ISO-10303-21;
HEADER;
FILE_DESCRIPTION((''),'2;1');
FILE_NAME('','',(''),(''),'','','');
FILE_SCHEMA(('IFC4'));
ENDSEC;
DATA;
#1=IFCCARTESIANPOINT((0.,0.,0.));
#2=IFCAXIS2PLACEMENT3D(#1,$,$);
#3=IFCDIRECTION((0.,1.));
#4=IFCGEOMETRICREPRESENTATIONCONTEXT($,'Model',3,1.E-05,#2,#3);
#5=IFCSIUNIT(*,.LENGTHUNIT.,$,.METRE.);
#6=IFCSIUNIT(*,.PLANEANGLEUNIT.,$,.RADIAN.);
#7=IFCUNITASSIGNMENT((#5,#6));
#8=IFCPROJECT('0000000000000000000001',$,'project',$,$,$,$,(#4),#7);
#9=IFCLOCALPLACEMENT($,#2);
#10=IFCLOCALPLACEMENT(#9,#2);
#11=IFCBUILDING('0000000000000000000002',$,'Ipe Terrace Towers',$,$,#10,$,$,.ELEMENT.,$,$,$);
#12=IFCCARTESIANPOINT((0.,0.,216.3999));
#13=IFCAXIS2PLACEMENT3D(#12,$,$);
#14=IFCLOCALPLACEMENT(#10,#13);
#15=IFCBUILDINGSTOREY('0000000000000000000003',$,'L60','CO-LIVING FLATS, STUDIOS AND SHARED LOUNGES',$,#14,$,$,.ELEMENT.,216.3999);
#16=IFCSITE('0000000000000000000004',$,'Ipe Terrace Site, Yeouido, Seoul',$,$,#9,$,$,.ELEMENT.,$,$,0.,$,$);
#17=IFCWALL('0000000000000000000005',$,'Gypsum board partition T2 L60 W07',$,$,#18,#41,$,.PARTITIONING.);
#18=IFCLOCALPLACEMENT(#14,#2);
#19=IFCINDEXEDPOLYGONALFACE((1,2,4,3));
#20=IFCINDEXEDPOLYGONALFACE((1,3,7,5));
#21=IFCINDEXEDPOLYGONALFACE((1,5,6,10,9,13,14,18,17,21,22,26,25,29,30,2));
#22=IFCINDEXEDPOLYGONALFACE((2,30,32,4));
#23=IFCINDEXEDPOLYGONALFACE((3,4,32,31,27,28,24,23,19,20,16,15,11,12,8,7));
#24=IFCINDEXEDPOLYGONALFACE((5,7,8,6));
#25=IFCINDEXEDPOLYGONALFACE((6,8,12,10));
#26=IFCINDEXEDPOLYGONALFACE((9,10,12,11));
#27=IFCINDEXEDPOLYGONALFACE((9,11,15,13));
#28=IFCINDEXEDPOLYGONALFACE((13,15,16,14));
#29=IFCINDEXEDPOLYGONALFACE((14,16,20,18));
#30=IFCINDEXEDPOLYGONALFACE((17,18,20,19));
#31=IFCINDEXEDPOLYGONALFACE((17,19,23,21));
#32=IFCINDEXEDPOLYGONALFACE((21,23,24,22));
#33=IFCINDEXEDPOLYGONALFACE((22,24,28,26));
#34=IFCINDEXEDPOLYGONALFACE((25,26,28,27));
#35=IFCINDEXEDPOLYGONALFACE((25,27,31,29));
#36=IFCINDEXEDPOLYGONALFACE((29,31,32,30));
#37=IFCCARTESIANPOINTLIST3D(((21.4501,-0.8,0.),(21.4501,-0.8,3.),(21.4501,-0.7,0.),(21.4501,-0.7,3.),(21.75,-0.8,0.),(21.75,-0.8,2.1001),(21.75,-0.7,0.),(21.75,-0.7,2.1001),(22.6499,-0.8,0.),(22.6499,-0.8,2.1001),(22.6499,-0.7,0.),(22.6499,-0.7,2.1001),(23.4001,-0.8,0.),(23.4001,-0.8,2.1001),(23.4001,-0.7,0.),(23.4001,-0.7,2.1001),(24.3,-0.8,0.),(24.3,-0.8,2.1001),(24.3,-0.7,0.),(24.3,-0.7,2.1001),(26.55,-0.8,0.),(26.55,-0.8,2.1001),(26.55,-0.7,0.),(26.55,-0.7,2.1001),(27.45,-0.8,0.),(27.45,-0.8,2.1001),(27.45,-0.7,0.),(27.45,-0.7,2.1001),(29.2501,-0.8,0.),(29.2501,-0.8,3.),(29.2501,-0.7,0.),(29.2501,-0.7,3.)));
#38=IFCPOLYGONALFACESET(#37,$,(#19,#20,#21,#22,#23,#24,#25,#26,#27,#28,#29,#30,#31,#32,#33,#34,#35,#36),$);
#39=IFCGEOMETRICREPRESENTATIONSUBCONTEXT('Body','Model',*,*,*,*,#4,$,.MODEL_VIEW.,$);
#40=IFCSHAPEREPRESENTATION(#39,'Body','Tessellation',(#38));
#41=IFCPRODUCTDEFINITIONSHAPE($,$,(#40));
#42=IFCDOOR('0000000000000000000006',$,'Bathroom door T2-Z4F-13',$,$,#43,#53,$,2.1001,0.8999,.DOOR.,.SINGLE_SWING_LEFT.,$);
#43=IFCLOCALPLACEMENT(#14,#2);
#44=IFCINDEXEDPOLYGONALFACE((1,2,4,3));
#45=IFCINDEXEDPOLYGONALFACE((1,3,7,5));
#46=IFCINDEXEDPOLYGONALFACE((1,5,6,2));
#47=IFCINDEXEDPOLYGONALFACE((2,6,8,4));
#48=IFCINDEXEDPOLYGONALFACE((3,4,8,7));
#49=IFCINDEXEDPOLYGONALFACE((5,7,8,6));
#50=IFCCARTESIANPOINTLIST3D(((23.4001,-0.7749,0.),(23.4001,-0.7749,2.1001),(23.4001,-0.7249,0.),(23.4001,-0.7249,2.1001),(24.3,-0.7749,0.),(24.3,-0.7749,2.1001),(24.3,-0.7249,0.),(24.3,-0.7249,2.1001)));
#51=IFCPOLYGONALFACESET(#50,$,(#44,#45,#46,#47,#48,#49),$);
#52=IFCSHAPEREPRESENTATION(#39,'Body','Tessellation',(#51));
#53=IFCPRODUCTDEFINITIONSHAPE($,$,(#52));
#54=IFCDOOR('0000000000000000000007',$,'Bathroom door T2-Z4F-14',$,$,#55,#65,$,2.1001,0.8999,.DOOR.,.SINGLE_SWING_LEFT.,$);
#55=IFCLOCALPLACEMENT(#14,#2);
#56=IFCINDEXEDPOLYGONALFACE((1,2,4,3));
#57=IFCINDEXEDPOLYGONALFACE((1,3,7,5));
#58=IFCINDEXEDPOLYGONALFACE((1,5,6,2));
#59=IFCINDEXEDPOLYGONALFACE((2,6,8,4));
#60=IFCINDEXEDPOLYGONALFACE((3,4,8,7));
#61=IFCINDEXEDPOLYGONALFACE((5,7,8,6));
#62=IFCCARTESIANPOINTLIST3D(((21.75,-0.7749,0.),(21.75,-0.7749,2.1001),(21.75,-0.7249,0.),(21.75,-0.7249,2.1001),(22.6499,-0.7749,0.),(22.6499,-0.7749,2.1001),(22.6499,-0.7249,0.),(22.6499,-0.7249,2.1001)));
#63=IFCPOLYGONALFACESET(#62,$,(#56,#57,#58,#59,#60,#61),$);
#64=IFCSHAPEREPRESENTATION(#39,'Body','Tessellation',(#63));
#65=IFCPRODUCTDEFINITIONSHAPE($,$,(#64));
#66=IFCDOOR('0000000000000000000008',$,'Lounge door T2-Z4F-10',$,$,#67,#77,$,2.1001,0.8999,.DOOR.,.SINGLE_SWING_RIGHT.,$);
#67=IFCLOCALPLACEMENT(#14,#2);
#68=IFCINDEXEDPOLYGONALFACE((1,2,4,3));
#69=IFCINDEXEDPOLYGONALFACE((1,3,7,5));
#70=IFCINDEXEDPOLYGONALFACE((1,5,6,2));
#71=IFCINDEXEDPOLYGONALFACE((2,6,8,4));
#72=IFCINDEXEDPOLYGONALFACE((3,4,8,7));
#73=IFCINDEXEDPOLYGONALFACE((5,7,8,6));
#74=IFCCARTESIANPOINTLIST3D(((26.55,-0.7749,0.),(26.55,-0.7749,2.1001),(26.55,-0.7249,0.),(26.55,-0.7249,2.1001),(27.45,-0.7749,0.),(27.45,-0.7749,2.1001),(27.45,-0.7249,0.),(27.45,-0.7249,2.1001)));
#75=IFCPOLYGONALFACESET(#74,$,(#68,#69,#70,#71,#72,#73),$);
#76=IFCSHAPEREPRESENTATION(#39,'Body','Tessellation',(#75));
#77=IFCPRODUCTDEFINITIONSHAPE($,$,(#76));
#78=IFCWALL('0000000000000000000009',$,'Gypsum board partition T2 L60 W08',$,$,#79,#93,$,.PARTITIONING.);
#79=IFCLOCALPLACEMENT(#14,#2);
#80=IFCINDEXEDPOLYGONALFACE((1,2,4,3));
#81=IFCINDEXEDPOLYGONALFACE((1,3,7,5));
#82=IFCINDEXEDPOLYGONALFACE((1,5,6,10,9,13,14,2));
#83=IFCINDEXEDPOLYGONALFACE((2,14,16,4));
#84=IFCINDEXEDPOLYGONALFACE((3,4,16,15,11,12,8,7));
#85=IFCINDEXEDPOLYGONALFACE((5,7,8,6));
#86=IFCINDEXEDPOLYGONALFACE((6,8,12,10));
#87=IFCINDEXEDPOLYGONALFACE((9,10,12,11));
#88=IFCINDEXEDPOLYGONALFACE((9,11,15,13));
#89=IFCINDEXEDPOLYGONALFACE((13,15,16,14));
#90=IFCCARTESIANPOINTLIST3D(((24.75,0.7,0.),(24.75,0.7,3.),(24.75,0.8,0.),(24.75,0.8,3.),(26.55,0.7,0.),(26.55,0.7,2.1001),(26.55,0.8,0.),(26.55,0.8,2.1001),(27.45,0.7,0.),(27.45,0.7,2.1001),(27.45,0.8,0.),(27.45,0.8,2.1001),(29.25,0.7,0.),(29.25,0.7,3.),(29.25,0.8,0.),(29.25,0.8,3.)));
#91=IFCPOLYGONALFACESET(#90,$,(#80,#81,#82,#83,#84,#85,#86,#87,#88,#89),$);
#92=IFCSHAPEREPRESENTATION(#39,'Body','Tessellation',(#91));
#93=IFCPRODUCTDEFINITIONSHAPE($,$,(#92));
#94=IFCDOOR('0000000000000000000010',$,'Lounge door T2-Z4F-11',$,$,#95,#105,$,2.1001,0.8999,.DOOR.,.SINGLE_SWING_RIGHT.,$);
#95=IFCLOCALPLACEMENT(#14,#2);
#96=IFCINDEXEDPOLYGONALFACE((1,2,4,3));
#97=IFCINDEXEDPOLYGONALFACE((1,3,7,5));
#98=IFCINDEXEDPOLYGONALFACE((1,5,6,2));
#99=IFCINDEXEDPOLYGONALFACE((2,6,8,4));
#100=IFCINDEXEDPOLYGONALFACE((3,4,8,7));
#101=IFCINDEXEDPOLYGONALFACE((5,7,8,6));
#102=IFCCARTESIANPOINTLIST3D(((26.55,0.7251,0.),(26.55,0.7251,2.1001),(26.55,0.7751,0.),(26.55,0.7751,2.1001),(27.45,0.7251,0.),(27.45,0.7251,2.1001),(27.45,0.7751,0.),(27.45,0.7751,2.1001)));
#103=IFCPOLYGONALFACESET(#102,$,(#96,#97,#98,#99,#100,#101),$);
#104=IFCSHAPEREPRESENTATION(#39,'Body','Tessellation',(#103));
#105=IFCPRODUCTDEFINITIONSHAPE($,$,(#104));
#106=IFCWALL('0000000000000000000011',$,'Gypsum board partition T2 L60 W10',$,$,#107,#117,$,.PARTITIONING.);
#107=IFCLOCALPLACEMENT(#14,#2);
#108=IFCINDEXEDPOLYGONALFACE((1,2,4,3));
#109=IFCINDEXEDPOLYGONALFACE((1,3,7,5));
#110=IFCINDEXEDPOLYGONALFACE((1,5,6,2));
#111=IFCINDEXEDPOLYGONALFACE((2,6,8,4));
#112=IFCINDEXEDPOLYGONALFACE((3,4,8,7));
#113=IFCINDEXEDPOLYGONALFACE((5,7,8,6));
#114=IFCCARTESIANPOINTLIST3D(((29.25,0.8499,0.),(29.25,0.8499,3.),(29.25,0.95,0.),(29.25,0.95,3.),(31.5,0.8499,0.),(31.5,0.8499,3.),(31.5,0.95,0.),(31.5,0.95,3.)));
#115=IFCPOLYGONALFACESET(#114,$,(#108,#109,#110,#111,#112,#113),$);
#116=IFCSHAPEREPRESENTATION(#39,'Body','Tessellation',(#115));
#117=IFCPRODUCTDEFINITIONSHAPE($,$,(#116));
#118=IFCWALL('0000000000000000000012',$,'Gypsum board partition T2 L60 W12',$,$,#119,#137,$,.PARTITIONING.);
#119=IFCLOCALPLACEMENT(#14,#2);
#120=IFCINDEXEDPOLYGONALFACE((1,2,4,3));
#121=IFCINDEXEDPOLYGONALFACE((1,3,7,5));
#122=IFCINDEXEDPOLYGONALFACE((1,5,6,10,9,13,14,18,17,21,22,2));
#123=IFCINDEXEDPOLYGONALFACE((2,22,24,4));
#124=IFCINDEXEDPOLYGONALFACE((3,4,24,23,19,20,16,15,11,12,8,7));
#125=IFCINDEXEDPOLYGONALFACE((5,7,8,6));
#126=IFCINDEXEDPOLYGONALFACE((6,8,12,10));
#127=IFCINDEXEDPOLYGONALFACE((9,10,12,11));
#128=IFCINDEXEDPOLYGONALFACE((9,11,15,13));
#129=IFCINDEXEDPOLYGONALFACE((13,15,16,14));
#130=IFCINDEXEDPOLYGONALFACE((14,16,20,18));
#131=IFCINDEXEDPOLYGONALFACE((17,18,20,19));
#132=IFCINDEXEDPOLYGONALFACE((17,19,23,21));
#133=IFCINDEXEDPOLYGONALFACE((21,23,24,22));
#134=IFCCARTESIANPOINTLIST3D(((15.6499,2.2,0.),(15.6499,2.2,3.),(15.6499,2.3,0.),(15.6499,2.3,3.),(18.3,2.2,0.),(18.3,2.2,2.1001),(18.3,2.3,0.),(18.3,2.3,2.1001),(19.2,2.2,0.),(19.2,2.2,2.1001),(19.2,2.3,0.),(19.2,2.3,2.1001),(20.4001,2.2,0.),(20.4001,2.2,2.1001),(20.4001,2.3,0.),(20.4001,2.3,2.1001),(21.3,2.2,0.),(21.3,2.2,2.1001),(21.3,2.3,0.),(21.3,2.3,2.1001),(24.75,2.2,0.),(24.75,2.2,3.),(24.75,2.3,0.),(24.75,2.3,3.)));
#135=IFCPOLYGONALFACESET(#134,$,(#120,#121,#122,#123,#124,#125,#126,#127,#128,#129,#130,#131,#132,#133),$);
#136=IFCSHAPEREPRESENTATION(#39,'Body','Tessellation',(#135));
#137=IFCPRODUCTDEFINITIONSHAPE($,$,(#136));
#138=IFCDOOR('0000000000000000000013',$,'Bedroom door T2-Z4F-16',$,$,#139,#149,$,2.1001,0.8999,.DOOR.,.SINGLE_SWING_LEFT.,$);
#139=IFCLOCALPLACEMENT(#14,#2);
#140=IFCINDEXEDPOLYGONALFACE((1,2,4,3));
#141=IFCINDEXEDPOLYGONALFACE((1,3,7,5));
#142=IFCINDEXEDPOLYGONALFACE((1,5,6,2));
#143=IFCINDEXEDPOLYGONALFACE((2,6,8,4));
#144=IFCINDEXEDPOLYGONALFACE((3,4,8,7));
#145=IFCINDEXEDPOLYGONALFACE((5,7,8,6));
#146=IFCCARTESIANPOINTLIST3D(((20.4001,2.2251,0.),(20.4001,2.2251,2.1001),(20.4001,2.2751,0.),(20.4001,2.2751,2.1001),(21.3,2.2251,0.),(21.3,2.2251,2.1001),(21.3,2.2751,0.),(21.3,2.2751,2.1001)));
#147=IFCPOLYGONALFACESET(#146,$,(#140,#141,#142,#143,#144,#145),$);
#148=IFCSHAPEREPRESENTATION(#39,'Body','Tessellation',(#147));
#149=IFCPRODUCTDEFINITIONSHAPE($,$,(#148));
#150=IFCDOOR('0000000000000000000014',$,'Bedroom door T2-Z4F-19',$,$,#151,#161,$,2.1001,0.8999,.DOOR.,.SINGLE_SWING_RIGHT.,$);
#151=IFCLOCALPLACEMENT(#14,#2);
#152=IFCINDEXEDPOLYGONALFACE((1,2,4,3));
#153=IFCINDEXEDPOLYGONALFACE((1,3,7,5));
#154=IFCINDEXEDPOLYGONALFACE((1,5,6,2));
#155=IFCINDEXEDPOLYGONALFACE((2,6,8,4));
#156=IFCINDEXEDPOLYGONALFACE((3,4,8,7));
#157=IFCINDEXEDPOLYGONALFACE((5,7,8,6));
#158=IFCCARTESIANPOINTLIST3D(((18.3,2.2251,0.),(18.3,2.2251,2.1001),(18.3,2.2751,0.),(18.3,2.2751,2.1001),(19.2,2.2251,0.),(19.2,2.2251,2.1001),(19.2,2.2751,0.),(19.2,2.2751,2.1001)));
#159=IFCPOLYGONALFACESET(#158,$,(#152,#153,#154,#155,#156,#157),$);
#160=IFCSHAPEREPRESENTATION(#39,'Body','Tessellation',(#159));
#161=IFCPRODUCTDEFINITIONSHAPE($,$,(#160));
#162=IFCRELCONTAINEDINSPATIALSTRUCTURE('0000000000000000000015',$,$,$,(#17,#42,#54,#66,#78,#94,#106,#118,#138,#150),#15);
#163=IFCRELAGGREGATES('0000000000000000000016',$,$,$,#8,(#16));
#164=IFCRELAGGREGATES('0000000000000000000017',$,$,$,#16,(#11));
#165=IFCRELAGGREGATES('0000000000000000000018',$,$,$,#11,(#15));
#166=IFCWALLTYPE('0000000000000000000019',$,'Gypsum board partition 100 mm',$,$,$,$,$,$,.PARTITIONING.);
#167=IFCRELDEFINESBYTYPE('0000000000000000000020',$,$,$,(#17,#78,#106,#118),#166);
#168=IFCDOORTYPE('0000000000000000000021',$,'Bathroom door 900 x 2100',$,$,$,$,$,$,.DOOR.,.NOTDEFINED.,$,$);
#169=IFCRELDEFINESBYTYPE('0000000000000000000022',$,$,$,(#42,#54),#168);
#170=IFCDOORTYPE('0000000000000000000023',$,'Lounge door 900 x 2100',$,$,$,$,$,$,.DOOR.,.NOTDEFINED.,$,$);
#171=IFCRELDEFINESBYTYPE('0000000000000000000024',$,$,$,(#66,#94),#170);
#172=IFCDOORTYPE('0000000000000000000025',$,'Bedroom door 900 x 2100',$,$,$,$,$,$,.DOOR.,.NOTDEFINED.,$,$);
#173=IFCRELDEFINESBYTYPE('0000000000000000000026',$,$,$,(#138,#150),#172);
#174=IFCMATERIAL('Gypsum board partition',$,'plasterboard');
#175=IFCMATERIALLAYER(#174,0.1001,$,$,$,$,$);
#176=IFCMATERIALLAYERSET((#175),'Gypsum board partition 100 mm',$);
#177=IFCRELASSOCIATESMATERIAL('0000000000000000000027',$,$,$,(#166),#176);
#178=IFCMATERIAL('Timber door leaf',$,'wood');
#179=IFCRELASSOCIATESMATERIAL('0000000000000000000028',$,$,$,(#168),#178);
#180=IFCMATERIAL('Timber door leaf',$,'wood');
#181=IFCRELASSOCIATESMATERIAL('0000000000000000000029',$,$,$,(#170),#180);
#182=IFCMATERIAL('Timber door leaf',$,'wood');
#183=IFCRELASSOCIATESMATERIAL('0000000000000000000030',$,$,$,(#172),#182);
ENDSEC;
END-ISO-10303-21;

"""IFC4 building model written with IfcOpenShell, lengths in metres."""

from ifc_helpers import new_model, si_unit, direction, frame, frame_2d, origin, place, context, subcontext, project, spatial, rectangle, extrude, material, layer, layer_set, type_object, element, fill, save


model = new_model("IFC4")

# Units and contexts
model_context = context("Model", 3, precision=1e-05, world=origin(), true_north=direction((0.0, 1.0)))
body_context = subcontext(model_context, "Body", "Model", "MODEL_VIEW")
ifc_project = project(units=[si_unit("LENGTHUNIT", "METRE"), si_unit("PLANEANGLEUNIT", "RADIAN")], contexts=[model_context])

# Site, building, storey
site_placement = place(None, origin())
site = spatial("IfcSite", under=ifc_project, at=site_placement, Name="Ipe Terrace Site, Yeouido, Seoul", CompositionType="ELEMENT", RefElevation=0.0)
building_placement = place(site_placement, origin())
building = spatial("IfcBuilding", under=site, at=building_placement, Name="Ipe Terrace Towers", CompositionType="ELEMENT")
storey_placement = place(building_placement, frame((0.0, 0.0, 216.3999)))
storey = spatial("IfcBuildingStorey", under=building, at=storey_placement, Name="L60", Description="CO-LIVING FLATS, STUDIOS AND SHARED LOUNGES", CompositionType="ELEMENT", Elevation=216.3999)

# Shared definitions
ifc_material_1 = material(Name="Gypsum board partition", Category="plasterboard")
ifc_layer_1 = layer(ifc_material_1, 0.1001)
ifc_layer_set_1 = layer_set([ifc_layer_1], Name="Gypsum board partition 100 mm")
wall_type_1 = type_object("IfcWallType", Name="Gypsum board partition 100 mm", PredefinedType="PARTITIONING", material=ifc_layer_set_1)

# Wall, openings, doors
wall_1_placement = place(storey_placement, frame((29.25, -0.75, 0.0), z_axis=(0.0, 0.0, 1.0), x_axis=(-1.0, 0.0, 0.0)))
wall_1 = element("IfcWall", 1, at=wall_1_placement, inside=storey, type_object=wall_type_1, Name="Gypsum board partition T2 L60 W07", PredefinedType="PARTITIONING", context=body_context, shape_type="SweptSolid", body=[
    extrude(rectangle(XDim=7.8, YDim=0.1001, at=frame_2d((3.8999, 0.0))), origin(), (0.0, 0.0, 1.0), 3.0),
])
opening_1_placement = place(wall_1_placement, frame((1.8, 0.0, 0.0)))
opening_1 = element("IfcOpeningElement", 2, at=opening_1_placement, cuts=wall_1, PredefinedType="OPENING", context=body_context, shape_type="SweptSolid", body=[
    extrude(rectangle(XDim=0.8999, YDim=2.1001, at=frame_2d((0.45, 1.05))), frame((0.0, 0.0601, 0.0), z_axis=(0.0, -1.0, 0.0), x_axis=(1.0, 0.0, 0.0)), (0.0, 0.0, 1.0), 0.1201),
])
opening_2_placement = place(wall_1_placement, frame((4.95, 0.0, 0.0)))
opening_2 = element("IfcOpeningElement", 3, at=opening_2_placement, cuts=wall_1, PredefinedType="OPENING", context=body_context, shape_type="SweptSolid", body=[
    extrude(rectangle(XDim=0.8999, YDim=2.1001, at=frame_2d((0.45, 1.05))), frame((0.0, 0.0601, 0.0), z_axis=(0.0, -1.0, 0.0), x_axis=(1.0, 0.0, 0.0)), (0.0, 0.0, 1.0), 0.1201),
])
opening_3_placement = place(wall_1_placement, frame((6.6001, 0.0, 0.0)))
opening_3 = element("IfcOpeningElement", 4, at=opening_3_placement, cuts=wall_1, PredefinedType="OPENING", context=body_context, shape_type="SweptSolid", body=[
    extrude(rectangle(XDim=0.8999, YDim=2.1001, at=frame_2d((0.45, 1.05))), frame((0.0, 0.0601, 0.0), z_axis=(0.0, -1.0, 0.0), x_axis=(1.0, 0.0, 0.0)), (0.0, 0.0, 1.0), 0.1201),
])
ifc_material_2 = material(Name="Timber door leaf", Category="wood")
door_type_1 = type_object("IfcDoorType", Name="Bathroom door 900 x 2100", OperationType="NOTDEFINED", PredefinedType="DOOR", material=ifc_material_2)
door_1_placement = place(opening_2_placement, origin())
door_1 = element("IfcDoor", 5, at=door_1_placement, inside=storey, type_object=door_type_1, Name="Bathroom door T2-Z4F-13", OperationType="SINGLE_SWING_LEFT", OverallHeight=2.1001, OverallWidth=0.8999, PredefinedType="DOOR", context=body_context, shape_type="SweptSolid", body=[
    extrude(rectangle(XDim=0.8999, YDim=2.1001, at=frame_2d((0.45, 1.05))), frame((0.0, 0.0249, 0.0), z_axis=(0.0, -1.0, 0.0), x_axis=(1.0, 0.0, 0.0)), (0.0, 0.0, 1.0), 0.05),
])
fill(opening_2, door_1)
door_2_placement = place(opening_3_placement, origin())
door_2 = element("IfcDoor", 6, at=door_2_placement, inside=storey, type_object=door_type_1, Name="Bathroom door T2-Z4F-14", OperationType="SINGLE_SWING_LEFT", OverallHeight=2.1001, OverallWidth=0.8999, PredefinedType="DOOR", context=body_context, shape_type="SweptSolid", body=[
    extrude(rectangle(XDim=0.8999, YDim=2.1001, at=frame_2d((0.45, 1.05))), frame((0.0, 0.0249, 0.0), z_axis=(0.0, -1.0, 0.0), x_axis=(1.0, 0.0, 0.0)), (0.0, 0.0, 1.0), 0.05),
])
fill(opening_3, door_2)
ifc_material_3 = material(Name="Timber door leaf", Category="wood")
door_type_2 = type_object("IfcDoorType", Name="Lounge door 900 x 2100", OperationType="NOTDEFINED", PredefinedType="DOOR", material=ifc_material_3)
door_3_placement = place(opening_1_placement, origin())
door_3 = element("IfcDoor", 7, at=door_3_placement, inside=storey, type_object=door_type_2, Name="Lounge door T2-Z4F-10", OperationType="SINGLE_SWING_RIGHT", OverallHeight=2.1001, OverallWidth=0.8999, PredefinedType="DOOR", context=body_context, shape_type="SweptSolid", body=[
    extrude(rectangle(XDim=0.8999, YDim=2.1001, at=frame_2d((0.45, 1.05))), frame((0.0, 0.0249, 0.0), z_axis=(0.0, -1.0, 0.0), x_axis=(1.0, 0.0, 0.0)), (0.0, 0.0, 1.0), 0.05),
])
fill(opening_1, door_3)

# Wall, opening, door
wall_2_placement = place(storey_placement, frame((29.25, 0.75, 0.0), z_axis=(0.0, 0.0, 1.0), x_axis=(-1.0, 0.0, 0.0)))
wall_2 = element("IfcWall", 8, at=wall_2_placement, inside=storey, type_object=wall_type_1, Name="Gypsum board partition T2 L60 W08", PredefinedType="PARTITIONING", context=body_context, shape_type="SweptSolid", body=[
    extrude(rectangle(XDim=4.5, YDim=0.1001, at=frame_2d((2.25, 0.0))), origin(), (0.0, 0.0, 1.0), 3.0),
])
opening_4_placement = place(wall_2_placement, frame((1.8, 0.0, 0.0)))
opening_4 = element("IfcOpeningElement", 9, at=opening_4_placement, cuts=wall_2, PredefinedType="OPENING", context=body_context, shape_type="SweptSolid", body=[
    extrude(rectangle(XDim=0.8999, YDim=2.1001, at=frame_2d((0.45, 1.05))), frame((0.0, 0.0601, 0.0), z_axis=(0.0, -1.0, 0.0), x_axis=(1.0, 0.0, 0.0)), (0.0, 0.0, 1.0), 0.1201),
])
door_4_placement = place(opening_4_placement, origin())
door_4 = element("IfcDoor", 10, at=door_4_placement, inside=storey, type_object=door_type_2, Name="Lounge door T2-Z4F-11", OperationType="SINGLE_SWING_RIGHT", OverallHeight=2.1001, OverallWidth=0.8999, PredefinedType="DOOR", context=body_context, shape_type="SweptSolid", body=[
    extrude(rectangle(XDim=0.8999, YDim=2.1001, at=frame_2d((0.45, 1.05))), frame((0.0, 0.0249, 0.0), z_axis=(0.0, -1.0, 0.0), x_axis=(1.0, 0.0, 0.0)), (0.0, 0.0, 1.0), 0.05),
])
fill(opening_4, door_4)

# Wall
wall_3_placement = place(storey_placement, frame((31.5, 0.8999, 0.0), z_axis=(0.0, 0.0, 1.0), x_axis=(-1.0, 0.0, 0.0)))
element("IfcWall", 11, at=wall_3_placement, inside=storey, type_object=wall_type_1, Name="Gypsum board partition T2 L60 W10", PredefinedType="PARTITIONING", context=body_context, shape_type="SweptSolid", body=[
    extrude(rectangle(XDim=2.25, YDim=0.1001, at=frame_2d((1.125, 0.0))), origin(), (0.0, 0.0, 1.0), 3.0),
])

# Wall, openings, doors
wall_4_placement = place(storey_placement, frame((24.75, 2.25, 0.0), z_axis=(0.0, 0.0, 1.0), x_axis=(-1.0, 0.0, 0.0)))
wall_4 = element("IfcWall", 12, at=wall_4_placement, inside=storey, type_object=wall_type_1, Name="Gypsum board partition T2 L60 W12", PredefinedType="PARTITIONING", context=body_context, shape_type="SweptSolid", body=[
    extrude(rectangle(XDim=9.1001, YDim=0.1001, at=frame_2d((4.55, 0.0))), origin(), (0.0, 0.0, 1.0), 3.0),
])
opening_5_placement = place(wall_4_placement, frame((3.45, 0.0, 0.0)))
opening_5 = element("IfcOpeningElement", 13, at=opening_5_placement, cuts=wall_4, PredefinedType="OPENING", context=body_context, shape_type="SweptSolid", body=[
    extrude(rectangle(XDim=0.8999, YDim=2.1001, at=frame_2d((0.45, 1.05))), frame((0.0, 0.0601, 0.0), z_axis=(0.0, -1.0, 0.0), x_axis=(1.0, 0.0, 0.0)), (0.0, 0.0, 1.0), 0.1201),
])
opening_6_placement = place(wall_4_placement, frame((5.55, 0.0, 0.0)))
opening_6 = element("IfcOpeningElement", 14, at=opening_6_placement, cuts=wall_4, PredefinedType="OPENING", context=body_context, shape_type="SweptSolid", body=[
    extrude(rectangle(XDim=0.8999, YDim=2.1001, at=frame_2d((0.45, 1.05))), frame((0.0, 0.0601, 0.0), z_axis=(0.0, -1.0, 0.0), x_axis=(1.0, 0.0, 0.0)), (0.0, 0.0, 1.0), 0.1201),
])
ifc_material_4 = material(Name="Timber door leaf", Category="wood")
door_type_3 = type_object("IfcDoorType", Name="Bedroom door 900 x 2100", OperationType="NOTDEFINED", PredefinedType="DOOR", material=ifc_material_4)
door_5_placement = place(opening_5_placement, origin())
door_5 = element("IfcDoor", 15, at=door_5_placement, inside=storey, type_object=door_type_3, Name="Bedroom door T2-Z4F-16", OperationType="SINGLE_SWING_LEFT", OverallHeight=2.1001, OverallWidth=0.8999, PredefinedType="DOOR", context=body_context, shape_type="SweptSolid", body=[
    extrude(rectangle(XDim=0.8999, YDim=2.1001, at=frame_2d((0.45, 1.05))), frame((0.0, 0.0249, 0.0), z_axis=(0.0, -1.0, 0.0), x_axis=(1.0, 0.0, 0.0)), (0.0, 0.0, 1.0), 0.05),
])
fill(opening_5, door_5)
door_6_placement = place(opening_6_placement, origin())
door_6 = element("IfcDoor", 16, at=door_6_placement, inside=storey, type_object=door_type_3, Name="Bedroom door T2-Z4F-19", OperationType="SINGLE_SWING_RIGHT", OverallHeight=2.1001, OverallWidth=0.8999, PredefinedType="DOOR", context=body_context, shape_type="SweptSolid", body=[
    extrude(rectangle(XDim=0.8999, YDim=2.1001, at=frame_2d((0.45, 1.05))), frame((0.0, 0.0249, 0.0), z_axis=(0.0, -1.0, 0.0), x_axis=(1.0, 0.0, 0.0)), (0.0, 0.0, 1.0), 0.05),
])
fill(opening_6, door_6)

save(model, "model.ifc")
